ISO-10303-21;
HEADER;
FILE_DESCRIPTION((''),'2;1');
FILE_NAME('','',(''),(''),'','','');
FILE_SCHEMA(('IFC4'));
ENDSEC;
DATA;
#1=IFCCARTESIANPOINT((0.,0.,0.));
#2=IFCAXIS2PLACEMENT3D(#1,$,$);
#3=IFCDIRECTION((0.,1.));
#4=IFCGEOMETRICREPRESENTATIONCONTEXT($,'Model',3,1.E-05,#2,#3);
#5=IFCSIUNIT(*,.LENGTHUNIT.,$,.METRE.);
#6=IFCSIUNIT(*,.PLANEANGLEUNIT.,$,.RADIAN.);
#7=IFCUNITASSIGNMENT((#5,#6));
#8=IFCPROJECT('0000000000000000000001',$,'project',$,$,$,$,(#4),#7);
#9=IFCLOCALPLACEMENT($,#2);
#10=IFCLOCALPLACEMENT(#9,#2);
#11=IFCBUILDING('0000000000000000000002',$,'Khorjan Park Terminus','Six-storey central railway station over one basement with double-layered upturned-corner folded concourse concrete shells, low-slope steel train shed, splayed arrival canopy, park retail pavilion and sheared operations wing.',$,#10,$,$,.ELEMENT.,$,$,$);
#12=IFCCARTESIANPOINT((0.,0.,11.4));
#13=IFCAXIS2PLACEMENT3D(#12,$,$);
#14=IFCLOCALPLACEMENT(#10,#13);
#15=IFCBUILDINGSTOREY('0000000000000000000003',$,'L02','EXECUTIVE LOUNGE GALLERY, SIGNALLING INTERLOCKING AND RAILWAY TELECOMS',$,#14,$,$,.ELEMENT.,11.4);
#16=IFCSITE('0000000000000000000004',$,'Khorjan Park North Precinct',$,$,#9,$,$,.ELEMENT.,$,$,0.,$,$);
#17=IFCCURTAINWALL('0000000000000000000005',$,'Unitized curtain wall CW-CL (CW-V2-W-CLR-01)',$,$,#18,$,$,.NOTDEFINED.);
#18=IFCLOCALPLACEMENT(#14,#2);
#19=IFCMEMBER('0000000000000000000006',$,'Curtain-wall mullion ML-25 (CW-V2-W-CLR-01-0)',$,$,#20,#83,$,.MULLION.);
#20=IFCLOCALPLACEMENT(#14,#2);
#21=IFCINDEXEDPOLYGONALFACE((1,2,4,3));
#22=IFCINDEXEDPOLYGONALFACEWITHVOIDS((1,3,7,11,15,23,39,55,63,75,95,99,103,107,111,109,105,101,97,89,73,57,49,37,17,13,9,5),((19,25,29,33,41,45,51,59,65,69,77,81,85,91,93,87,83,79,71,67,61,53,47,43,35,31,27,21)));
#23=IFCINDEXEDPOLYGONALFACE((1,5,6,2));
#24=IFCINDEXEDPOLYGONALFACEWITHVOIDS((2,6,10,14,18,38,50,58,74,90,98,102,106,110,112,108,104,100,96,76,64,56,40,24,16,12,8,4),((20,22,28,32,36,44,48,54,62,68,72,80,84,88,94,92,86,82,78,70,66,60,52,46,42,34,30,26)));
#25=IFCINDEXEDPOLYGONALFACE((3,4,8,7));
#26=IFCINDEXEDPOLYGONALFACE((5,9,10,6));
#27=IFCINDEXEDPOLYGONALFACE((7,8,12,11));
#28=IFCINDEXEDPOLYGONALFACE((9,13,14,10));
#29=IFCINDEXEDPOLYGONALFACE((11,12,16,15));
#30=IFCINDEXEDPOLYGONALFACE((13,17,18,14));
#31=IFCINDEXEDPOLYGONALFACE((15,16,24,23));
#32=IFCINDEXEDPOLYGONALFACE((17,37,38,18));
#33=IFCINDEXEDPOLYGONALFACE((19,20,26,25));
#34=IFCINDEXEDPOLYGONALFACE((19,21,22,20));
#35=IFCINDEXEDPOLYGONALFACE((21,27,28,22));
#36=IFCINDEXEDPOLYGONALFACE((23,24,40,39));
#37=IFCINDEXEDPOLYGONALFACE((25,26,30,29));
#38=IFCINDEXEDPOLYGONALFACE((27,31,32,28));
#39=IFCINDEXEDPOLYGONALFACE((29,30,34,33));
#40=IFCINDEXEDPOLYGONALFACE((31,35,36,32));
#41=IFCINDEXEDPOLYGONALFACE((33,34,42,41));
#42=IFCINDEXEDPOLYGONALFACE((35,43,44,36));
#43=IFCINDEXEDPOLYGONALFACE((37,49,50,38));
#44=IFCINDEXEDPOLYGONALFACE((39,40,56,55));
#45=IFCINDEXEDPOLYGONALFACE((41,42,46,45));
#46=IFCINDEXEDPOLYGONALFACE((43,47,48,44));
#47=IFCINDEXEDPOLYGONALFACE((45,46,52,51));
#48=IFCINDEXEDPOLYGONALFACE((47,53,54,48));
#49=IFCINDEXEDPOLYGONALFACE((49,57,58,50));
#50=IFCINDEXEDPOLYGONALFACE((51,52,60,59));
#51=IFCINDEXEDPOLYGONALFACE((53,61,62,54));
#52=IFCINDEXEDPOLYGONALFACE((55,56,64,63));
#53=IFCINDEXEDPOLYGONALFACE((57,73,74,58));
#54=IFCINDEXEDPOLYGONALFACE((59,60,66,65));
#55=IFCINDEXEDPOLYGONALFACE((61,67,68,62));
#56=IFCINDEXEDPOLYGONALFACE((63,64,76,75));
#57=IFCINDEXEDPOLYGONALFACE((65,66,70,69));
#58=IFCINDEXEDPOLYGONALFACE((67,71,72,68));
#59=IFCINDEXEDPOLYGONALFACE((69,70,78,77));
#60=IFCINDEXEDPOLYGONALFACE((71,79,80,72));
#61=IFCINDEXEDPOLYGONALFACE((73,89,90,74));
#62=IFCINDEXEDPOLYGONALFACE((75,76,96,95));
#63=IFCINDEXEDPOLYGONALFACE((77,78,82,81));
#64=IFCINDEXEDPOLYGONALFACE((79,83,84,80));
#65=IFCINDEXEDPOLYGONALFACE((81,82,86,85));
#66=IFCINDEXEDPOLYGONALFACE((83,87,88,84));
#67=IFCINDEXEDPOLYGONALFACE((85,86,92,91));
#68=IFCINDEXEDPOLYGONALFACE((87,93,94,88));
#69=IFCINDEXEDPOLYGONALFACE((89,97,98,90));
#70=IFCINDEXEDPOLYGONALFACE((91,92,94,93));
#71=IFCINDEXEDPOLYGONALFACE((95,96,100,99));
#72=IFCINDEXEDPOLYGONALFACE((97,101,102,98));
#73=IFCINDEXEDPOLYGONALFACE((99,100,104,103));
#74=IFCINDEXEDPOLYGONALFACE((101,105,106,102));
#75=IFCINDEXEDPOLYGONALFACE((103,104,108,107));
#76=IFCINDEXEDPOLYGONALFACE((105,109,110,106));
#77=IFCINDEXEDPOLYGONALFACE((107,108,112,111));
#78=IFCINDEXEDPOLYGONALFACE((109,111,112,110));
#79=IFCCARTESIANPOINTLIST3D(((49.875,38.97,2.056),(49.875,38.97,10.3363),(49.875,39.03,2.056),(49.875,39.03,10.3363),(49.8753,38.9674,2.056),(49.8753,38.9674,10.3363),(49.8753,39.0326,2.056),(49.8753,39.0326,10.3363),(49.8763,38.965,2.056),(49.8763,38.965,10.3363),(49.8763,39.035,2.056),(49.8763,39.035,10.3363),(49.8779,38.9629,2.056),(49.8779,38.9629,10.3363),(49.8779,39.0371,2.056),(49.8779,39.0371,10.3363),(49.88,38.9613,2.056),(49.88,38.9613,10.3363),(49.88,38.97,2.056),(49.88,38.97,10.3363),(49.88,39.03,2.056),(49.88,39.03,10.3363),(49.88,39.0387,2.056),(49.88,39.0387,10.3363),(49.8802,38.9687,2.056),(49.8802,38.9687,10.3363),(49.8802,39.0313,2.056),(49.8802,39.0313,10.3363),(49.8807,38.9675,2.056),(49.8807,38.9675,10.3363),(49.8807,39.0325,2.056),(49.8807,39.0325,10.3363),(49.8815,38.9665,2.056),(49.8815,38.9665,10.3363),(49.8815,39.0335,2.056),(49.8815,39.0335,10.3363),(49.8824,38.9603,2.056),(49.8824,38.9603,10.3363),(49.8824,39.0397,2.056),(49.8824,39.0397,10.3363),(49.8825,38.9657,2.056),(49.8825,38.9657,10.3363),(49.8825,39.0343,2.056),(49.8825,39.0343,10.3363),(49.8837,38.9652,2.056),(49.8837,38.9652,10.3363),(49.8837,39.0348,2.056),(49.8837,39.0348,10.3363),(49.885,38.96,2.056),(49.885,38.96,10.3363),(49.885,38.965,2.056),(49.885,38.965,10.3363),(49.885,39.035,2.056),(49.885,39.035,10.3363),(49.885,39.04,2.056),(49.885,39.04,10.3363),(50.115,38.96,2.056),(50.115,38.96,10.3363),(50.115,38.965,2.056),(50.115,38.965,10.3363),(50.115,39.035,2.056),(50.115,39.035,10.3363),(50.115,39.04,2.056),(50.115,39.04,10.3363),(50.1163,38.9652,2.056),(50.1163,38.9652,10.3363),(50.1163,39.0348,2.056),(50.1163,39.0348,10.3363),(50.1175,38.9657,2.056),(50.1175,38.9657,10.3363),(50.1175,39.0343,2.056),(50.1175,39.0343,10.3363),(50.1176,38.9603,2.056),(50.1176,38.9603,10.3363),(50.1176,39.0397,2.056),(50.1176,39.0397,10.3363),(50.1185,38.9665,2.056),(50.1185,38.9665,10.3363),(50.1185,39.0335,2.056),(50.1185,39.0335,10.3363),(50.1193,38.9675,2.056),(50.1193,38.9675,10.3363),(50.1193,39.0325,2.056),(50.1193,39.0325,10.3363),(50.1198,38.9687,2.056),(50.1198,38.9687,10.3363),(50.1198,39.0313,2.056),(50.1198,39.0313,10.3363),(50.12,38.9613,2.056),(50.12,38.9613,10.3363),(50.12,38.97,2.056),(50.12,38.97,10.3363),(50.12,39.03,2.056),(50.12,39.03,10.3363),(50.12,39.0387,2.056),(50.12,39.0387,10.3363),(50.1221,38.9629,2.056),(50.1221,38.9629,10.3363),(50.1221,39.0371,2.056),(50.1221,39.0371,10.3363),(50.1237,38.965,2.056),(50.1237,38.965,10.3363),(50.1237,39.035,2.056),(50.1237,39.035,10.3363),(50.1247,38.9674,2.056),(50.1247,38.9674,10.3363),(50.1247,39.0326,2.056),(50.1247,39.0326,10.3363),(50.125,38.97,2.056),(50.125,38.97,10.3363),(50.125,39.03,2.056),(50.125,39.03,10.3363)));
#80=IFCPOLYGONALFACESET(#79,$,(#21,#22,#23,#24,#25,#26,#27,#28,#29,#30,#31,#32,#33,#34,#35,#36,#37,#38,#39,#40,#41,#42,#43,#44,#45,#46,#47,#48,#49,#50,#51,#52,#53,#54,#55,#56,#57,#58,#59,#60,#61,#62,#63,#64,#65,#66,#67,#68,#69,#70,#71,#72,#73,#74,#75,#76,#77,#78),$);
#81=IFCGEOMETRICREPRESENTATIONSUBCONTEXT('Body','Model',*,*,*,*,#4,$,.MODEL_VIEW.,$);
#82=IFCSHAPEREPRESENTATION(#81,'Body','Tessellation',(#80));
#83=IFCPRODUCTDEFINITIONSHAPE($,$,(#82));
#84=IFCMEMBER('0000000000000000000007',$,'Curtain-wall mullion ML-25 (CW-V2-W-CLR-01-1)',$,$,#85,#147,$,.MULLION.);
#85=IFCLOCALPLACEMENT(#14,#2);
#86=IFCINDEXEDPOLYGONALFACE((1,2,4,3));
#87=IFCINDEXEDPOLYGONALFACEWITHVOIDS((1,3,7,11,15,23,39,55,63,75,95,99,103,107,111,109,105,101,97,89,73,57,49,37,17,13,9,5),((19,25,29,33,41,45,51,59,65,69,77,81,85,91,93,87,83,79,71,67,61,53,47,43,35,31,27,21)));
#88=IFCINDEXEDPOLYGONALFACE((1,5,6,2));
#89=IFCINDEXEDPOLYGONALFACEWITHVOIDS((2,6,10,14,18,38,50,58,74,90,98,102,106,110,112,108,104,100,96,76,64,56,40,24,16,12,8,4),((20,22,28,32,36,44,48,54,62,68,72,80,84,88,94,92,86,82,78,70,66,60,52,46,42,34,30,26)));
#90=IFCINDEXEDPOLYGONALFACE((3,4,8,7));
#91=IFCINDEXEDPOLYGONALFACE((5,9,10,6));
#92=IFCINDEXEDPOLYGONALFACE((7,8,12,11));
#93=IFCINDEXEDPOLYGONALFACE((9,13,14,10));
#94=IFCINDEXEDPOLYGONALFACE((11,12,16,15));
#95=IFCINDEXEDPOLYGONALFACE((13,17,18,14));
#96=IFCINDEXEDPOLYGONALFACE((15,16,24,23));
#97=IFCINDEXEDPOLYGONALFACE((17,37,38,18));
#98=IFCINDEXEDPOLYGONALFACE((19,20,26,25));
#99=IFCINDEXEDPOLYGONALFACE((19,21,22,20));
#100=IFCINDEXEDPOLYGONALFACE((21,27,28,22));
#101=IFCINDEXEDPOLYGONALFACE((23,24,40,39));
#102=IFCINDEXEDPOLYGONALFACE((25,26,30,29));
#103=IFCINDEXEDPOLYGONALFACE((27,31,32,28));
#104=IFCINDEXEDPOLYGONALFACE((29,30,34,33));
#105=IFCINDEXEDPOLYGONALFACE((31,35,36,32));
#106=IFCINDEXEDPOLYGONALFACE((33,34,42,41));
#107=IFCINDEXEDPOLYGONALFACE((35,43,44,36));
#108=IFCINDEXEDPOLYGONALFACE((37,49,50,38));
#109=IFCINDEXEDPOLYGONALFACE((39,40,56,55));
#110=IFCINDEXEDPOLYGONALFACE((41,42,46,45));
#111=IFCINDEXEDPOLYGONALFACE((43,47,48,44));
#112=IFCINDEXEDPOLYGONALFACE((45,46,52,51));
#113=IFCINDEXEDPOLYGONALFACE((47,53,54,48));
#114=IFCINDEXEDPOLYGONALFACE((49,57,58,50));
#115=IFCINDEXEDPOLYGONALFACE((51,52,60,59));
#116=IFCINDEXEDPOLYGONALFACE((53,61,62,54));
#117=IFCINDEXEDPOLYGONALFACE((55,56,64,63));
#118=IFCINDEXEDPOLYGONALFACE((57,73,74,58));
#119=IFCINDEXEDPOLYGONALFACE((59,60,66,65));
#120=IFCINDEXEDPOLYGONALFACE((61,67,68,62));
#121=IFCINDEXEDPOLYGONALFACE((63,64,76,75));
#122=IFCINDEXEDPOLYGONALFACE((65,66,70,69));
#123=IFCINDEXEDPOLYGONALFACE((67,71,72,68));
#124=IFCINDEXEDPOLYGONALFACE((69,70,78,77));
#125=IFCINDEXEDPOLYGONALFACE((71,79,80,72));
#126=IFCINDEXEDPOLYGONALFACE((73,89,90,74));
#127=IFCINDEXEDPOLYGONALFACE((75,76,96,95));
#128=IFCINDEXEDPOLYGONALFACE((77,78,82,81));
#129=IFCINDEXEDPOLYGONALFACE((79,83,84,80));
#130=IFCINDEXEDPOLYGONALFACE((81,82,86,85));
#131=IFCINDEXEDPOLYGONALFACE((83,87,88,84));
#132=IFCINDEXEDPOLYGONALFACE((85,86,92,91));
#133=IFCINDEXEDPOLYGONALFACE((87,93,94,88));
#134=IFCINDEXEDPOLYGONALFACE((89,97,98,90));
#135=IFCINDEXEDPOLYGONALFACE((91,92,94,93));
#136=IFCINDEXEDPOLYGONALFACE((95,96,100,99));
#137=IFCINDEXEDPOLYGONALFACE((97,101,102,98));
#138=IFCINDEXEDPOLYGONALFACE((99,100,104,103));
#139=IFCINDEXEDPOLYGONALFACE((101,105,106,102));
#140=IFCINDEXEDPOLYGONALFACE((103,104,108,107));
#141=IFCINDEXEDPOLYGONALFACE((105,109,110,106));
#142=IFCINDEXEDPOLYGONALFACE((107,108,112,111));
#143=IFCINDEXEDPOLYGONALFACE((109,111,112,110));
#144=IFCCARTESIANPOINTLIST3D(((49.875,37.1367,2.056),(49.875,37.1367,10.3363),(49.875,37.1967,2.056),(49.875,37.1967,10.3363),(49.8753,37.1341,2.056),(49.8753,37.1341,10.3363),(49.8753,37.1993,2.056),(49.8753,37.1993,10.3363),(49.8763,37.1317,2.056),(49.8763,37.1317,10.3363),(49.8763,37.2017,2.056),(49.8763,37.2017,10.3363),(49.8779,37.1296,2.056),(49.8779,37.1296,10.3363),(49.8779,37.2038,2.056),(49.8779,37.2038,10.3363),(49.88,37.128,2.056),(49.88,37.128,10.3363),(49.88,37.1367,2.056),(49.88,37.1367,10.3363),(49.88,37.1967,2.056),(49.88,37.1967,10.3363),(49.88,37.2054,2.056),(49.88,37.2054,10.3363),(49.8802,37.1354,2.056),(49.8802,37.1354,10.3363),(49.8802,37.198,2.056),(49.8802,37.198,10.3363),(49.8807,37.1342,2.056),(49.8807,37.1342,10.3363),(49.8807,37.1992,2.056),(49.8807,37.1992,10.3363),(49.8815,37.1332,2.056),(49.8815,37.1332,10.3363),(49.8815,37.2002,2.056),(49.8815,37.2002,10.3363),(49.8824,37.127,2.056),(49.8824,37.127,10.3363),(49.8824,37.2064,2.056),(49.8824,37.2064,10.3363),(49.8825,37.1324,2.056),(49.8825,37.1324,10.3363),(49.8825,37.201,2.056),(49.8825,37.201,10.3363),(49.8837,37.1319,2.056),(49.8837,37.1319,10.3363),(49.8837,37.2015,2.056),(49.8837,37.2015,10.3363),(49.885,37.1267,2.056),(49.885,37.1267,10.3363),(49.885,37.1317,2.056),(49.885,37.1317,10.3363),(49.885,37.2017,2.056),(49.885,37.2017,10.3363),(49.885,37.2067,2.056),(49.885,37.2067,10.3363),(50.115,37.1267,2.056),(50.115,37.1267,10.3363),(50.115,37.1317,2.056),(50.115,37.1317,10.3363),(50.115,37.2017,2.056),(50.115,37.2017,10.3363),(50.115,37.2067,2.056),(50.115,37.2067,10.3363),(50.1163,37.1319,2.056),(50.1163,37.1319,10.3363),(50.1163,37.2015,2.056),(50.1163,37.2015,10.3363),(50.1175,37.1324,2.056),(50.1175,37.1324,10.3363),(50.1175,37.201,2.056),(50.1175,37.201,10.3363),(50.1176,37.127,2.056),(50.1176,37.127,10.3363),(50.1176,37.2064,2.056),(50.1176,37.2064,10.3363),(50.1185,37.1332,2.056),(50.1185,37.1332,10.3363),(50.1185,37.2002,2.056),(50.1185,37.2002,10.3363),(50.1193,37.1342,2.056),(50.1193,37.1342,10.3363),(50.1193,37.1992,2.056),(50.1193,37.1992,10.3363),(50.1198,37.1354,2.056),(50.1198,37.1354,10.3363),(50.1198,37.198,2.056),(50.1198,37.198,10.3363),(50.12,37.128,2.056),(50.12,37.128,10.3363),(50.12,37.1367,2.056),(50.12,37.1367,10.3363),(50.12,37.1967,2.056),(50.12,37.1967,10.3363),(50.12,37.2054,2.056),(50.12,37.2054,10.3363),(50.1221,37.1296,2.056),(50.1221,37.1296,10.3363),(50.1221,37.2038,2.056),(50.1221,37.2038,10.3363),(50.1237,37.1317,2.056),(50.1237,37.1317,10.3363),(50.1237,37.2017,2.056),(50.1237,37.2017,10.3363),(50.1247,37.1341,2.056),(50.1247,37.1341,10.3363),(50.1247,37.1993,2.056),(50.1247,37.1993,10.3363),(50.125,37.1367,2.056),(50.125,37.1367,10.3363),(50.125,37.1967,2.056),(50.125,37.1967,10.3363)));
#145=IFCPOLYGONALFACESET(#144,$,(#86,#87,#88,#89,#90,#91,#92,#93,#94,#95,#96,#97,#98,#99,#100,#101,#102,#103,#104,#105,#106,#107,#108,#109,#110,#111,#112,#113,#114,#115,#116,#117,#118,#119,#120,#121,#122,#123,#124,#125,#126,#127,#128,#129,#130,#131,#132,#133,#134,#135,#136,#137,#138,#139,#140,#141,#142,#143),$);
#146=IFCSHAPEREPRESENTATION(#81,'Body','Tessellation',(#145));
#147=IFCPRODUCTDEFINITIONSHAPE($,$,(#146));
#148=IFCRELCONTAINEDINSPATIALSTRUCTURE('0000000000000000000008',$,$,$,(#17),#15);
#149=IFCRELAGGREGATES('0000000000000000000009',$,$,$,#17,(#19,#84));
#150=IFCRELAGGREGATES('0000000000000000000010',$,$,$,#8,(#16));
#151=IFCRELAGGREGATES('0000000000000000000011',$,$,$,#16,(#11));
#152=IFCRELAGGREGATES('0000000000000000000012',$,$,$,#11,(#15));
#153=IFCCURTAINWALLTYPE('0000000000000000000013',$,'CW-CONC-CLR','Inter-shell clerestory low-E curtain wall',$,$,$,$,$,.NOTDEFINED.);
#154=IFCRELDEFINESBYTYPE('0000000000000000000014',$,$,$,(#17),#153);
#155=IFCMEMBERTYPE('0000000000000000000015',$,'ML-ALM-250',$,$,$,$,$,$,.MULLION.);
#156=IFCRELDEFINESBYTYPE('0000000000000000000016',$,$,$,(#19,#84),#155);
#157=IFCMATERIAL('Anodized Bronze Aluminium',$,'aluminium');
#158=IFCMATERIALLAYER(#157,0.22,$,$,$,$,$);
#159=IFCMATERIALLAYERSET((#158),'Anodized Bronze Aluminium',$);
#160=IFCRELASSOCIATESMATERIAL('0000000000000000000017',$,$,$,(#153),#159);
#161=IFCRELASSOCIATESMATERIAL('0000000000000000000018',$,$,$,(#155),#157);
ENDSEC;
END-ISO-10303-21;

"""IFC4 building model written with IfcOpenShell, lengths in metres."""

from ifc_helpers import new_model, si_unit, direction, frame, origin, origin_2d, place, context, subcontext, project, spatial, hollow_rectangle, extrude, material, layer, layer_set, material_profile, profile_set, type_object, element, aggregate, save


model = new_model("IFC4")

# Units and contexts
model_context = context("Model", 3, precision=1e-05, world=origin(), true_north=direction((0.0, 1.0)))
body_context = subcontext(model_context, "Body", "Model", "MODEL_VIEW")
ifc_project = project(units=[si_unit("LENGTHUNIT", "METRE"), si_unit("PLANEANGLEUNIT", "RADIAN")], contexts=[model_context])

# Site, building, storey
site_placement = place(None, origin())
site = spatial("IfcSite", under=ifc_project, at=site_placement, Name="Khorjan Park North Precinct", CompositionType="ELEMENT", RefElevation=0.0)
building_placement = place(site_placement, origin())
building = spatial("IfcBuilding", under=site, at=building_placement, Name="Khorjan Park Terminus", Description="Six-storey central railway station over one basement with double-layered upturned-corner folded concourse concrete shells, low-slope steel train shed, splayed arrival canopy, park retail pavilion and sheared operations wing.", CompositionType="ELEMENT")
storey_placement = place(building_placement, frame((0.0, 0.0, 11.4)))
storey = spatial("IfcBuildingStorey", under=building, at=storey_placement, Name="L02", Description="EXECUTIVE LOUNGE GALLERY, SIGNALLING INTERLOCKING AND RAILWAY TELECOMS", CompositionType="ELEMENT", Elevation=11.4)

# Curtain wall, members
ifc_material_1 = material(Name="Anodized Bronze Aluminium", Category="aluminium")
ifc_layer_1 = layer(ifc_material_1, 0.22)
ifc_layer_set_1 = layer_set([ifc_layer_1], Name="Anodized Bronze Aluminium")
curtain_wall_type = type_object("IfcCurtainWallType", Name="CW-CONC-CLR", Description="Inter-shell clerestory low-E curtain wall", PredefinedType="NOTDEFINED", material=ifc_layer_set_1)
curtain_wall_1_placement = place(storey_placement, origin())
curtain_wall_1 = element("IfcCurtainWall", 1, at=curtain_wall_1_placement, inside=storey, type_object=curtain_wall_type, Name="Unitized curtain wall CW-CL (CW-V2-W-CLR-01)", PredefinedType="NOTDEFINED")
ifc_material_profile_1 = material_profile(ifc_material_1, hollow_rectangle(XDim=0.08, YDim=0.25, WallThickness=0.005, InnerFilletRadius=0.005, OuterFilletRadius=0.01, at=origin_2d()), Name="ALM 80x250x5")
ifc_profile_set_1 = profile_set([ifc_material_profile_1], Name="Anodized Bronze Aluminium")
member_type_1 = type_object("IfcMemberType", Name="ML-ALM-250", PredefinedType="MULLION", material=ifc_profile_set_1)
member_1_placement = place(storey_placement, frame((50.0, 39.0, 2.056), z_axis=(0.0, 0.0, 1.0), x_axis=(0.0, -1.0, 0.0)))
member_1 = element("IfcMember", 2, at=member_1_placement, type_object=member_type_1, Name="Curtain-wall mullion ML-25 (CW-V2-W-CLR-01-0)", PredefinedType="MULLION", context=body_context, shape_type="SweptSolid", body=[
    extrude(hollow_rectangle(XDim=0.08, YDim=0.25, WallThickness=0.005, InnerFilletRadius=0.005, OuterFilletRadius=0.01, at=origin_2d()), origin(), (0.0, 0.0, 1.0), 8.2803),
])
member_2_placement = place(storey_placement, frame((50.0, 37.1667, 2.056), z_axis=(0.0, 0.0, 1.0), x_axis=(0.0, -1.0, 0.0)))
member_2 = element("IfcMember", 3, at=member_2_placement, type_object=member_type_1, Name="Curtain-wall mullion ML-25 (CW-V2-W-CLR-01-1)", PredefinedType="MULLION", context=body_context, shape_type="SweptSolid", body=[
    extrude(hollow_rectangle(XDim=0.08, YDim=0.25, WallThickness=0.005, InnerFilletRadius=0.005, OuterFilletRadius=0.01, at=origin_2d()), origin(), (0.0, 0.0, 1.0), 8.2803),
])

aggregate(curtain_wall_1, [member_1, member_2])

save(model, "model.ifc")
